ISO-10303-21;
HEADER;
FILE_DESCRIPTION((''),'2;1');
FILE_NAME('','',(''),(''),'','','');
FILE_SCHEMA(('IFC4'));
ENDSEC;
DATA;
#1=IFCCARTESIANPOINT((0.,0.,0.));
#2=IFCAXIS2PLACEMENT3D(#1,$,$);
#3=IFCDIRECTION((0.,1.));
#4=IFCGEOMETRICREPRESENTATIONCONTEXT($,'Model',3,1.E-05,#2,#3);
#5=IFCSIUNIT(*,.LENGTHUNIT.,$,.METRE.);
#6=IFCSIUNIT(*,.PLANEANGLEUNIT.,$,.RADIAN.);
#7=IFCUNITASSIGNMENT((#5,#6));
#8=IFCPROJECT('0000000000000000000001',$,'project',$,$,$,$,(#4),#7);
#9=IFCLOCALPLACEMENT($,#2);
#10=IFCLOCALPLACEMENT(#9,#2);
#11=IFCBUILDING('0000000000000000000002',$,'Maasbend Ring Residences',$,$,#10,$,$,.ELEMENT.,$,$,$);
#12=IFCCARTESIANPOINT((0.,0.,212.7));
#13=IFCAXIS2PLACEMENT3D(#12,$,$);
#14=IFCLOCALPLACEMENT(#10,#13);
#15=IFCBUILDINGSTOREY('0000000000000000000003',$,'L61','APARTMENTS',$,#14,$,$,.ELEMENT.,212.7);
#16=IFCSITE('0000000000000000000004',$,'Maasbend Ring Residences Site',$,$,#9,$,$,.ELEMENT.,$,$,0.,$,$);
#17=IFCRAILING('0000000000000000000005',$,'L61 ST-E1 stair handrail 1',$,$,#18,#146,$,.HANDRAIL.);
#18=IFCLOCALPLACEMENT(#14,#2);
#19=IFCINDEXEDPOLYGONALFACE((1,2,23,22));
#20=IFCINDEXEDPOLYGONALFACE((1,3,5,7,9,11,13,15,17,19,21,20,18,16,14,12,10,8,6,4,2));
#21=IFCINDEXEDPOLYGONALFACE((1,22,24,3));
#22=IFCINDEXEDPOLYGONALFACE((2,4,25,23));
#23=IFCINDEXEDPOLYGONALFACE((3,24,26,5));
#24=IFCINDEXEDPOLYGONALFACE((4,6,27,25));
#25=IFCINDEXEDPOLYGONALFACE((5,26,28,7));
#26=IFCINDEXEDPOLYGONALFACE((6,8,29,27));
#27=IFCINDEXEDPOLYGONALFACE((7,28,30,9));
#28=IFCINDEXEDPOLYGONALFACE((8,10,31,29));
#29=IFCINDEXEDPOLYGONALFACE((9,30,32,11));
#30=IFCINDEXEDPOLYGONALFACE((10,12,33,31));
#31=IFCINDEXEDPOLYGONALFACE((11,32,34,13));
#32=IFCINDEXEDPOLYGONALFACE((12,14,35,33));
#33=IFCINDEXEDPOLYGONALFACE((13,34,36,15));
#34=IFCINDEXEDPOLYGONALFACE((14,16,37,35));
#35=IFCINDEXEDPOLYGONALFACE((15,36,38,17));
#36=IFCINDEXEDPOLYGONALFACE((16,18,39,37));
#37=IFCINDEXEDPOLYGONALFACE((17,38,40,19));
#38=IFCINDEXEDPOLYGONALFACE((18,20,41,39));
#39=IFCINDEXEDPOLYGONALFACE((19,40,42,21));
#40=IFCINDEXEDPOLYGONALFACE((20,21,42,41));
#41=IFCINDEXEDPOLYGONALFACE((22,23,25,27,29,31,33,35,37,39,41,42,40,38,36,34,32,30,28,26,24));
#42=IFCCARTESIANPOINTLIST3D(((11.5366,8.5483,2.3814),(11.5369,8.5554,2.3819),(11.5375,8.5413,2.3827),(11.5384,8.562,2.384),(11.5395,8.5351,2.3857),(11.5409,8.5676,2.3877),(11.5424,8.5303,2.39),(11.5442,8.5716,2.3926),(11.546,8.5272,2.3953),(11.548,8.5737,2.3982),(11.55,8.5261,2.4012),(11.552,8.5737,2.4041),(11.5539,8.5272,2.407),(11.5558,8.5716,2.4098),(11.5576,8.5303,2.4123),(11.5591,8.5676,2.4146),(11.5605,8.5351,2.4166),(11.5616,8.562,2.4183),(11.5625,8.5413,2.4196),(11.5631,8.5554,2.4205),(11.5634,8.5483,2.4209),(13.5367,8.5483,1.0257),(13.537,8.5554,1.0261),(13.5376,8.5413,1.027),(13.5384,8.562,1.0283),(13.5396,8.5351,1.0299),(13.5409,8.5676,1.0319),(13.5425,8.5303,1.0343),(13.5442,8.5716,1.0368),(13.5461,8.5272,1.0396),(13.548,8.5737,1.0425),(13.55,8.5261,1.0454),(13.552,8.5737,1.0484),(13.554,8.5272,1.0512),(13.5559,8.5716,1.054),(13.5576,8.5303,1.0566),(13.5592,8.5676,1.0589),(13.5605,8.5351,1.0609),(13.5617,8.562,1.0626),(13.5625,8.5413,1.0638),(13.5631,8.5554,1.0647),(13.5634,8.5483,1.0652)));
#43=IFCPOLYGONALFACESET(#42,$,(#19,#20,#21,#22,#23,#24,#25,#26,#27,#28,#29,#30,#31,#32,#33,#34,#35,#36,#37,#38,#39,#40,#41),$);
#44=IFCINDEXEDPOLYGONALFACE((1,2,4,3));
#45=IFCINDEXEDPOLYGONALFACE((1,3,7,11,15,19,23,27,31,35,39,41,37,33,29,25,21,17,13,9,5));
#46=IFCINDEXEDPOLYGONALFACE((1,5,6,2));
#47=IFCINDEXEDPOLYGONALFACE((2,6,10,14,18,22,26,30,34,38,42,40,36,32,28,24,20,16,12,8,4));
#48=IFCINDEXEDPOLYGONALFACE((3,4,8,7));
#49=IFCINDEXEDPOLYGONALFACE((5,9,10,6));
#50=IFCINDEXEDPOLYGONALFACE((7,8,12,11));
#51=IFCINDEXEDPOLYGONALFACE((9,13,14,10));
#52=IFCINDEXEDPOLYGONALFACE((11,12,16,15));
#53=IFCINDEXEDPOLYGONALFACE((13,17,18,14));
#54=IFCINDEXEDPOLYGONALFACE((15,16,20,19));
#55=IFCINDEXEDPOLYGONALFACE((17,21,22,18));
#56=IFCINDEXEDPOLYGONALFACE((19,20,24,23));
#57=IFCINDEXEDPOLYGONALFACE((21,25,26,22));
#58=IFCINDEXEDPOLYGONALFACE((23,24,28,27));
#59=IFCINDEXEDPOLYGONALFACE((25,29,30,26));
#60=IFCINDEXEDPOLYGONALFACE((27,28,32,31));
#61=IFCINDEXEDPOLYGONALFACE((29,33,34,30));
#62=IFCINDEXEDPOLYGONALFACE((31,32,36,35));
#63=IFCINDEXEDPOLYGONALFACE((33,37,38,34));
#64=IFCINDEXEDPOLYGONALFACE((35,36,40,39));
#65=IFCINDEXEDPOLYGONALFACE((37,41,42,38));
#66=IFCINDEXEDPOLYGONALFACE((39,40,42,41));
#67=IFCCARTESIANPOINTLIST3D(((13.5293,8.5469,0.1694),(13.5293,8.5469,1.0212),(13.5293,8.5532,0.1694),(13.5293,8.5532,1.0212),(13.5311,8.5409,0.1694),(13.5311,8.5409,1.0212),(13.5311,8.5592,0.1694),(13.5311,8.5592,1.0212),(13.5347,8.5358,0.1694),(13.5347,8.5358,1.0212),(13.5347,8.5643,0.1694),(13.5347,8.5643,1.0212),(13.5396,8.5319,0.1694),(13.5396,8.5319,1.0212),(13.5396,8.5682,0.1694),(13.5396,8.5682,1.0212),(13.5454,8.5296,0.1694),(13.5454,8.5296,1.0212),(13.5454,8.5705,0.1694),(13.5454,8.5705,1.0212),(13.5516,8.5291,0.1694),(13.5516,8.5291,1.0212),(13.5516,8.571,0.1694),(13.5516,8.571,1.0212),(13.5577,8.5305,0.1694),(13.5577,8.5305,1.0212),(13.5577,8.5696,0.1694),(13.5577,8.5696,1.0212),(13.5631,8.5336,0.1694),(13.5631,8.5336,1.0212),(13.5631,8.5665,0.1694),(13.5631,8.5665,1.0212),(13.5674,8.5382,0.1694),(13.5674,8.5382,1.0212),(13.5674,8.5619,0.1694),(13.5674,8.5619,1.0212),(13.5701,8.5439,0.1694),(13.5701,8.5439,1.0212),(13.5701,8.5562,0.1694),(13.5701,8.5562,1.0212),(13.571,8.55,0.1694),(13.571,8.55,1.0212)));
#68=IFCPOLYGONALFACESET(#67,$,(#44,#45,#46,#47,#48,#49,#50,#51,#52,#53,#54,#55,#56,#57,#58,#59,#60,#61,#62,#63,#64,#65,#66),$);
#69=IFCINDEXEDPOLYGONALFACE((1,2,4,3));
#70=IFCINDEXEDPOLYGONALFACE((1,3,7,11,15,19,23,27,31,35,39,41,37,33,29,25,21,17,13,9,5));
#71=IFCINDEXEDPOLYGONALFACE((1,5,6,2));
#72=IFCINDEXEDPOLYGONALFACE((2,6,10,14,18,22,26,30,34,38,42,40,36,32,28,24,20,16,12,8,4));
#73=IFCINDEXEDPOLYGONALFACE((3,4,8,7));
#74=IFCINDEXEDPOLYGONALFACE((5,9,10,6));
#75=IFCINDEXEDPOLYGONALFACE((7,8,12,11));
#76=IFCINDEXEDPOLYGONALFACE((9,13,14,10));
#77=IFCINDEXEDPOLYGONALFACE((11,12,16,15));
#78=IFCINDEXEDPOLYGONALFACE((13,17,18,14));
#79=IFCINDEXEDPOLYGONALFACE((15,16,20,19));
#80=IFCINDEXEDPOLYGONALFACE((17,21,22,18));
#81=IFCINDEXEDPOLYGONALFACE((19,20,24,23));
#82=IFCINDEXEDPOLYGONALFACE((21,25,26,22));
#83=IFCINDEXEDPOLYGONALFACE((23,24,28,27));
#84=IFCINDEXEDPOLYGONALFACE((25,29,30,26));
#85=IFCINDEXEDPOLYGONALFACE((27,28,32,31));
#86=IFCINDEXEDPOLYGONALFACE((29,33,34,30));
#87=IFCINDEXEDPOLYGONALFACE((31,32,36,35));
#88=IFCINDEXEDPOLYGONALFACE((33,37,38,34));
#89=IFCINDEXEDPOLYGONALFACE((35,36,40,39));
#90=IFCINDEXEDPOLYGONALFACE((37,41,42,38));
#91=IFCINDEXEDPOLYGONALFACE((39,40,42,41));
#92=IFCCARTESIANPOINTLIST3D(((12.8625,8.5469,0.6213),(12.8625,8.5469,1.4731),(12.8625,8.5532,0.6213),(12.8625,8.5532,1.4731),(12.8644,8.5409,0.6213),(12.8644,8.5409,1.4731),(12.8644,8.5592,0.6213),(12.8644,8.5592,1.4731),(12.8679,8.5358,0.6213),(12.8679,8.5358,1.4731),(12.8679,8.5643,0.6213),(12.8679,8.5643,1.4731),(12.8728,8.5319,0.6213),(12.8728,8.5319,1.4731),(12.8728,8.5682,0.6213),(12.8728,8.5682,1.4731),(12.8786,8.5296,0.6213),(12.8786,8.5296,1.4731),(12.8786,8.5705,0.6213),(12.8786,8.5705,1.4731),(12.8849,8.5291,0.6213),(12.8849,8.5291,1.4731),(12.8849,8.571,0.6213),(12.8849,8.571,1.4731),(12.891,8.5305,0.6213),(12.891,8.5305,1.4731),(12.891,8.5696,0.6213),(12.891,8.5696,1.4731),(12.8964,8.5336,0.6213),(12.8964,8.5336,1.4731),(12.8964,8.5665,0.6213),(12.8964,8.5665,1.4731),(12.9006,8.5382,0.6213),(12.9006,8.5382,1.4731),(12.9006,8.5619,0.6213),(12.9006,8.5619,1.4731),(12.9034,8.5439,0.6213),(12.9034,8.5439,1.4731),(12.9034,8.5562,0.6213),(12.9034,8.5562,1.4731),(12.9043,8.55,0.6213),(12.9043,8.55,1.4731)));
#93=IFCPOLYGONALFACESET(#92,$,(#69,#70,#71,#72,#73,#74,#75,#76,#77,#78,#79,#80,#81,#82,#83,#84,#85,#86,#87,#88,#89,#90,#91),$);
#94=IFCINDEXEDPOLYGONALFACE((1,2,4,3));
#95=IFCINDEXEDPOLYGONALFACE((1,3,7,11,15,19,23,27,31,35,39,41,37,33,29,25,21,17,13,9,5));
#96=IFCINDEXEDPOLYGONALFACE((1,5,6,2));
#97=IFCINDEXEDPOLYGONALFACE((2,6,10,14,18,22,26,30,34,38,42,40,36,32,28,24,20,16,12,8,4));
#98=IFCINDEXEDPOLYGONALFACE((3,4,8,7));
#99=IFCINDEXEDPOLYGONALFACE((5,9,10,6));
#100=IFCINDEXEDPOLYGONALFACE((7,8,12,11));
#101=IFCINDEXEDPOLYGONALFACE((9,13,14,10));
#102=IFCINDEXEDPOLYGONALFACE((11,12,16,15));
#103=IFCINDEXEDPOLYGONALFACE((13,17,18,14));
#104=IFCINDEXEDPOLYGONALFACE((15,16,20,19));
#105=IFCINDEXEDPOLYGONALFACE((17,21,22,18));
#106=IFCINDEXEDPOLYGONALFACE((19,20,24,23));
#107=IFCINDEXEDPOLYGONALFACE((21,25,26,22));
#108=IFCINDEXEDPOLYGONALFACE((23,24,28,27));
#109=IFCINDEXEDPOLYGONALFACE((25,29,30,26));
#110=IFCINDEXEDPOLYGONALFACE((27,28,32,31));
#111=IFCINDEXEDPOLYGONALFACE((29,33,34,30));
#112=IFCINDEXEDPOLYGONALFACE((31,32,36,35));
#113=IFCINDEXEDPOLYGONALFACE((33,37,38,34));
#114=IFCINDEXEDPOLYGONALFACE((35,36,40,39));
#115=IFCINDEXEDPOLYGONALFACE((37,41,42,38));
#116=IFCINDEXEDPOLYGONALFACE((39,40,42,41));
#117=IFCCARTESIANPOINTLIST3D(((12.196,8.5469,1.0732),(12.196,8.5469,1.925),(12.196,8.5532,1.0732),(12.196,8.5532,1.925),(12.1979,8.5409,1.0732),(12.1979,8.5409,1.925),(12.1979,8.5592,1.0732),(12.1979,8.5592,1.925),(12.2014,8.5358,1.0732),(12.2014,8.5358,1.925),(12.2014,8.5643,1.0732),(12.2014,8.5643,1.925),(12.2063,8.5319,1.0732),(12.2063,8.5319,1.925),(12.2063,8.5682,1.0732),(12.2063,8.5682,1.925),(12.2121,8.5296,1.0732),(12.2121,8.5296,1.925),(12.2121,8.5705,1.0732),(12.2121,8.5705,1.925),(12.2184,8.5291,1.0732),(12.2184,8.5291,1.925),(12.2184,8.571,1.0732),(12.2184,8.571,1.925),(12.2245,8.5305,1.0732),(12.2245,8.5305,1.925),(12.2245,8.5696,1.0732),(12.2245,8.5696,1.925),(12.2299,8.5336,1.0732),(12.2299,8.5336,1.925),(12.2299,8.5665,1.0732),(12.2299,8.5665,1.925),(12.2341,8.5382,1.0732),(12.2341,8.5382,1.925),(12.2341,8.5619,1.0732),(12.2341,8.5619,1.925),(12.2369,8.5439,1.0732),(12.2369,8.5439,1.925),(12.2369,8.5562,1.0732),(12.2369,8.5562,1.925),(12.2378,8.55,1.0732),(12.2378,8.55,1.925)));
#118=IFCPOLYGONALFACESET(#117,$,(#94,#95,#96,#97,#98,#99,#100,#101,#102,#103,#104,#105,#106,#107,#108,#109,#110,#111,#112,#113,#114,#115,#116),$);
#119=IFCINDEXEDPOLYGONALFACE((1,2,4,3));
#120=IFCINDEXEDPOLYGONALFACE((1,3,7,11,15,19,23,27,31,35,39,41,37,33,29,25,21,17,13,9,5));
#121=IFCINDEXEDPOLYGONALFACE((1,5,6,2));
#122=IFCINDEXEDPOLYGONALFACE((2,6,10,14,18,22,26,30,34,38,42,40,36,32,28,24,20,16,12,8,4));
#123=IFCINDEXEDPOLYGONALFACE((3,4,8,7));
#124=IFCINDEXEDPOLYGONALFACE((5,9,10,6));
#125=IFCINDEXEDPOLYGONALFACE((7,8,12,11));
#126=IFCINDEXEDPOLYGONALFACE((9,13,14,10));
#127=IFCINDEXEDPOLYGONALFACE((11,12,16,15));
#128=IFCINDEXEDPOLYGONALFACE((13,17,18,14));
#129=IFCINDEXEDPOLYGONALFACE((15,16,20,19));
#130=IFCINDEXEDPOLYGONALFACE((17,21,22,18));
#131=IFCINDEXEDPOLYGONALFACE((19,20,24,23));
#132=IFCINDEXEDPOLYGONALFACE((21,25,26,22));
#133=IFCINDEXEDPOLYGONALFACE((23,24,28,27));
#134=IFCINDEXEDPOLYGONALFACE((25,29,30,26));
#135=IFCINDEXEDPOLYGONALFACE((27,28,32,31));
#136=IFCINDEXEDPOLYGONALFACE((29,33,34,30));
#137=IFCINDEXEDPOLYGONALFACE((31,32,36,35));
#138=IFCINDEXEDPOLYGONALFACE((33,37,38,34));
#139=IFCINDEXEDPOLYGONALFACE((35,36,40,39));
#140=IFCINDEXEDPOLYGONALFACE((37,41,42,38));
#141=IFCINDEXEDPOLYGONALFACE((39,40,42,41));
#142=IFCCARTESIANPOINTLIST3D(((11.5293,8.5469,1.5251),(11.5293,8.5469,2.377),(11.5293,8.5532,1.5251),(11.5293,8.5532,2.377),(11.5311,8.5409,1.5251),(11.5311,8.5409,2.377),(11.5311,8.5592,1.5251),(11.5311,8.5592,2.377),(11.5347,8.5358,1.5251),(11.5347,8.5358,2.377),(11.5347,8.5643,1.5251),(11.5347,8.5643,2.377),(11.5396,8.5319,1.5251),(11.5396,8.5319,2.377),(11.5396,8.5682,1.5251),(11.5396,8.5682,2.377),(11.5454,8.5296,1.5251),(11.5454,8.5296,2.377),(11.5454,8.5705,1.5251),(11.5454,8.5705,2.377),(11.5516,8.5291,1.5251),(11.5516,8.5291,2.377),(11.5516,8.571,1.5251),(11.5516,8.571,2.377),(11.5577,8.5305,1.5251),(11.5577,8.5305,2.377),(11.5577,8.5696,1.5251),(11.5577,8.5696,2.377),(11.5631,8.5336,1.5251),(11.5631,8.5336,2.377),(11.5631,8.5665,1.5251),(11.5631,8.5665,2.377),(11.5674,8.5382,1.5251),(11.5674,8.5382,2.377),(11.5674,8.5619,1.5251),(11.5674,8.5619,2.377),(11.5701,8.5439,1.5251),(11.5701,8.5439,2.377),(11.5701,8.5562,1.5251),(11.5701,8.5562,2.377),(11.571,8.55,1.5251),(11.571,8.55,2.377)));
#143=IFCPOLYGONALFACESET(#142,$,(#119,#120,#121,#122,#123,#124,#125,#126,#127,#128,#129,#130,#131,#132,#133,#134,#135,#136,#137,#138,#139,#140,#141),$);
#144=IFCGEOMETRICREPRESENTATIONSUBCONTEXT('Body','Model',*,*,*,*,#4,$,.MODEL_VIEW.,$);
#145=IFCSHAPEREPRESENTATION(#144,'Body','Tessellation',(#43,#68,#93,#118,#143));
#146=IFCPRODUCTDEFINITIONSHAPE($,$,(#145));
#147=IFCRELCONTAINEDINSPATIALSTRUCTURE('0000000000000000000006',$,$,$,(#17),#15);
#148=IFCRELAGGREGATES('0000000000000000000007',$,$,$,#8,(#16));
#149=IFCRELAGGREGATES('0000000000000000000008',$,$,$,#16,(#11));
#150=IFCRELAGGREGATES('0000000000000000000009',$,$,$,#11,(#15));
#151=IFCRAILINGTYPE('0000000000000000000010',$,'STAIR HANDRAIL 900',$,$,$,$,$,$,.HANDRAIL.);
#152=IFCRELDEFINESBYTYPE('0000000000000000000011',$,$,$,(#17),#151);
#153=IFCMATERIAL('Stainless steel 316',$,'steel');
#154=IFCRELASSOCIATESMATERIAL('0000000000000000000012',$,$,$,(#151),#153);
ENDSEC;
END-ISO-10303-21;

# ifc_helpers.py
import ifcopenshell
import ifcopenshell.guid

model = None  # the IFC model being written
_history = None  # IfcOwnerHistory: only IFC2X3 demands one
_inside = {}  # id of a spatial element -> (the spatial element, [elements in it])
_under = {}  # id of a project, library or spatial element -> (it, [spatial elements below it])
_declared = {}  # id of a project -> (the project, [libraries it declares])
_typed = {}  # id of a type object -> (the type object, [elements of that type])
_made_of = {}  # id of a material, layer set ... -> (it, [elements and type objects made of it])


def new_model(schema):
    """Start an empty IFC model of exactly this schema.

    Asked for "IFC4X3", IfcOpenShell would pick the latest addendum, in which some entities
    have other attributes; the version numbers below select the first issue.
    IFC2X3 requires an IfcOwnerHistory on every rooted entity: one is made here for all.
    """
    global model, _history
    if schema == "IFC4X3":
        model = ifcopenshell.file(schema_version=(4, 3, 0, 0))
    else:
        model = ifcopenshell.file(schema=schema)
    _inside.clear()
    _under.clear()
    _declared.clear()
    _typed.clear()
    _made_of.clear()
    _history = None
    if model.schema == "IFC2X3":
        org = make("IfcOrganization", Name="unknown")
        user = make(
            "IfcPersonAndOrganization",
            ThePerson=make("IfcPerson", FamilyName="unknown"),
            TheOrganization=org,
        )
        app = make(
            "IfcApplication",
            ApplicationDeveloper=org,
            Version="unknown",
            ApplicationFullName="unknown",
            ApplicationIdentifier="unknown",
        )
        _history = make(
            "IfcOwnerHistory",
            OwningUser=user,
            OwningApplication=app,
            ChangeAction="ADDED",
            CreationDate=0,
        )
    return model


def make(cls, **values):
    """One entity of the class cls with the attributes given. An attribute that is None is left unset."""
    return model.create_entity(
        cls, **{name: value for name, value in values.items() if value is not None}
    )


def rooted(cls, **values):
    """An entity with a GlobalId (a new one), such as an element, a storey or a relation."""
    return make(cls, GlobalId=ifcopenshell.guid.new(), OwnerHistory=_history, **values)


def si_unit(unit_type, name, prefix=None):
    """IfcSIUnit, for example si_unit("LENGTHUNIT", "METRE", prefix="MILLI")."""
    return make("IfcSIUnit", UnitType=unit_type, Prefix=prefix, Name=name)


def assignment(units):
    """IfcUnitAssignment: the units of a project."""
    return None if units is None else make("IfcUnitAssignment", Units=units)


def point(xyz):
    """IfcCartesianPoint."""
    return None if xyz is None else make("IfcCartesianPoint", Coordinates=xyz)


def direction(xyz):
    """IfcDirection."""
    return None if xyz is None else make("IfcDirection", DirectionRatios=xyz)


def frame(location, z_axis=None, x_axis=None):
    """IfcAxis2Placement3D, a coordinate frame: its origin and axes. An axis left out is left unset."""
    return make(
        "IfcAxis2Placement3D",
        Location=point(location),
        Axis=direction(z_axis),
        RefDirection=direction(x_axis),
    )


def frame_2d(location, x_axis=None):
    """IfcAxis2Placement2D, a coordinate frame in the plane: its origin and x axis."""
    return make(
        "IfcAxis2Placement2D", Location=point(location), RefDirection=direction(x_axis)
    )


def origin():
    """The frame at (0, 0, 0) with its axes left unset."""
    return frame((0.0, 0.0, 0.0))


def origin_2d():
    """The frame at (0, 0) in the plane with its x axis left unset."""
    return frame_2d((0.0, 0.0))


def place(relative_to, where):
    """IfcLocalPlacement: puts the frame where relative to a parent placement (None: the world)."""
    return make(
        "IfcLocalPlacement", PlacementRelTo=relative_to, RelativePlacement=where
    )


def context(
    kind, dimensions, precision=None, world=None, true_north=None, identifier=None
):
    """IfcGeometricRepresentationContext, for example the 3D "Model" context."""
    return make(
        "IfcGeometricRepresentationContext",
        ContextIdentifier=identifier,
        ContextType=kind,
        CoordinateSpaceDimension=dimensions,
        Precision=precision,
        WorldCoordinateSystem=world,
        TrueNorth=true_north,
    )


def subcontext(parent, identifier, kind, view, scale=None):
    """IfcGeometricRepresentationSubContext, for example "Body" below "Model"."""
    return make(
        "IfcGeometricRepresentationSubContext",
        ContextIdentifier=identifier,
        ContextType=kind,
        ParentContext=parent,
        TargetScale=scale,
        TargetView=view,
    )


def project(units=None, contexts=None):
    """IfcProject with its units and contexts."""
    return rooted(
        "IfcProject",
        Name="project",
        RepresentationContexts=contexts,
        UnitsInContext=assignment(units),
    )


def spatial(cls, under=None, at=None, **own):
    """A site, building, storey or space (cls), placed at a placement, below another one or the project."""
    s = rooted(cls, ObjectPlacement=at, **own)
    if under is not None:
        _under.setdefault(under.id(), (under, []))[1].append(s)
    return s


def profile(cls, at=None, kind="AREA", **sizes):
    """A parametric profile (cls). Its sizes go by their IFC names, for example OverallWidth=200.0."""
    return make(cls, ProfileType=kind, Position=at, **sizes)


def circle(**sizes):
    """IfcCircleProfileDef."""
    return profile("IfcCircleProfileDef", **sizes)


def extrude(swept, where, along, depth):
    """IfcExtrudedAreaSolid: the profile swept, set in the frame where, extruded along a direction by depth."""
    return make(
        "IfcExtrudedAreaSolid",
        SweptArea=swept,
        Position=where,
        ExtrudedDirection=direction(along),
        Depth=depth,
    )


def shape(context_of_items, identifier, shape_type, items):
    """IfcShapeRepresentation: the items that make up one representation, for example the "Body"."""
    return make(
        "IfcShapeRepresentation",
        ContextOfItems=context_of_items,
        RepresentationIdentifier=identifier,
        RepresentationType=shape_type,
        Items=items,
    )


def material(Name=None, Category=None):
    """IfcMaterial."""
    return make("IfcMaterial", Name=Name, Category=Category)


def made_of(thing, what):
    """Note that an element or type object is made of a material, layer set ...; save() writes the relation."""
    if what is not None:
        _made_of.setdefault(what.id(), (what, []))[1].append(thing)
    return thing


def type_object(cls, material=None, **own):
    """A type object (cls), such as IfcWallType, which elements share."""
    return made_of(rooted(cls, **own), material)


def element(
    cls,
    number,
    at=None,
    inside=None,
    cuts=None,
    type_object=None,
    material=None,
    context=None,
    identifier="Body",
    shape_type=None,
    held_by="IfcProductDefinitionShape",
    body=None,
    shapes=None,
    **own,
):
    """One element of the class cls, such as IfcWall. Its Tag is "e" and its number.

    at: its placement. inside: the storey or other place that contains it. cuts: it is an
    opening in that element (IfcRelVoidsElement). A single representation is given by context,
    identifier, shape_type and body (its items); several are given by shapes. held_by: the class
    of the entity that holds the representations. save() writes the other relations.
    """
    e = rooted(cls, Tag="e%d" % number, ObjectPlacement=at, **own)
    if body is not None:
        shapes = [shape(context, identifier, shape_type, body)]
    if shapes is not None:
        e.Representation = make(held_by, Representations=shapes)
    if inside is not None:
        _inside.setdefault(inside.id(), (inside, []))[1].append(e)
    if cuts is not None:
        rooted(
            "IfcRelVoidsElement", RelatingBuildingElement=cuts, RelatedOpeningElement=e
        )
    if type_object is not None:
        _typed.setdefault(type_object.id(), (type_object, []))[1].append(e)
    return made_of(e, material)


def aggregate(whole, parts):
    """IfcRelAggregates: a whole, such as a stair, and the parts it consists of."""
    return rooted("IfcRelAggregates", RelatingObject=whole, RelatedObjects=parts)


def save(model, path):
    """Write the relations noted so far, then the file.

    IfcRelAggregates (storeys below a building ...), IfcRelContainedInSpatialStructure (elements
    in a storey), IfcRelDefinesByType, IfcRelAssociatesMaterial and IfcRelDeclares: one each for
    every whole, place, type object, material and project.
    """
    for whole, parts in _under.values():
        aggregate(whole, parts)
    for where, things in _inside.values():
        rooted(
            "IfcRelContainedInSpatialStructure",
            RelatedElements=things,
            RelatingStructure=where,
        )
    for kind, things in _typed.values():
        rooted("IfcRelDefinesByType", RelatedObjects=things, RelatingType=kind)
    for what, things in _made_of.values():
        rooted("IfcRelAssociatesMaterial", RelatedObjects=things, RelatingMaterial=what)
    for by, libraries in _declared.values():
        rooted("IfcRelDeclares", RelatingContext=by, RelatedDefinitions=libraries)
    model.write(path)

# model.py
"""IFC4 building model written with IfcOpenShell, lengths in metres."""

from ifc_helpers import new_model, si_unit, direction, frame, origin, origin_2d, place, context, subcontext, project, spatial, circle, extrude, material, type_object, element, save


model = new_model("IFC4")

# Units and contexts
model_context = context("Model", 3, precision=1e-05, world=origin(), true_north=direction((0.0, 1.0)))
body_context = subcontext(model_context, "Body", "Model", "MODEL_VIEW")
ifc_project = project(units=[si_unit("LENGTHUNIT", "METRE"), si_unit("PLANEANGLEUNIT", "RADIAN")], contexts=[model_context])

# Site, building, storey
site_placement = place(None, origin())
site = spatial("IfcSite", under=ifc_project, at=site_placement, Name="Maasbend Ring Residences Site", CompositionType="ELEMENT", RefElevation=0.0)
building_placement = place(site_placement, origin())
building = spatial("IfcBuilding", under=site, at=building_placement, Name="Maasbend Ring Residences", CompositionType="ELEMENT")
storey_placement = place(building_placement, frame((0.0, 0.0, 212.7)))
storey = spatial("IfcBuildingStorey", under=building, at=storey_placement, Name="L61", Description="APARTMENTS", CompositionType="ELEMENT", Elevation=212.7)

# Railing
ifc_material_1 = material(Name="Stainless steel 316", Category="steel")
railing_type_1 = type_object("IfcRailingType", Name="STAIR HANDRAIL 900", PredefinedType="HANDRAIL", material=ifc_material_1)
railing_1_placement = place(storey_placement, frame((13.55, 8.55, 0.1694)))
element("IfcRailing", 1, at=railing_1_placement, inside=storey, type_object=railing_type_1, Name="L61 ST-E1 stair handrail 1", PredefinedType="HANDRAIL", context=body_context, shape_type="SweptSolid", body=[
    extrude(circle(Radius=0.0239, at=origin_2d()), frame((0.0, 0.0, 0.876), z_axis=(-0.827751, 0.0, 0.561096), x_axis=(0.0, -1.0, 0.0)), (0.0, 0.0, 1.0), 2.4163),
    extrude(circle(Radius=0.021, at=origin_2d()), origin(), (0.0, 0.0, 1.0), 0.8518),
    extrude(circle(Radius=0.021, at=origin_2d()), frame((-0.6667, 0.0, 0.4519)), (0.0, 0.0, 1.0), 0.8518),
    extrude(circle(Radius=0.021, at=origin_2d()), frame((-1.3333, 0.0, 0.9038)), (0.0, 0.0, 1.0), 0.8518),
    extrude(circle(Radius=0.021, at=origin_2d()), frame((-2.0, 0.0, 1.3557)), (0.0, 0.0, 1.0), 0.8518),
])

save(model, "model.ifc")
